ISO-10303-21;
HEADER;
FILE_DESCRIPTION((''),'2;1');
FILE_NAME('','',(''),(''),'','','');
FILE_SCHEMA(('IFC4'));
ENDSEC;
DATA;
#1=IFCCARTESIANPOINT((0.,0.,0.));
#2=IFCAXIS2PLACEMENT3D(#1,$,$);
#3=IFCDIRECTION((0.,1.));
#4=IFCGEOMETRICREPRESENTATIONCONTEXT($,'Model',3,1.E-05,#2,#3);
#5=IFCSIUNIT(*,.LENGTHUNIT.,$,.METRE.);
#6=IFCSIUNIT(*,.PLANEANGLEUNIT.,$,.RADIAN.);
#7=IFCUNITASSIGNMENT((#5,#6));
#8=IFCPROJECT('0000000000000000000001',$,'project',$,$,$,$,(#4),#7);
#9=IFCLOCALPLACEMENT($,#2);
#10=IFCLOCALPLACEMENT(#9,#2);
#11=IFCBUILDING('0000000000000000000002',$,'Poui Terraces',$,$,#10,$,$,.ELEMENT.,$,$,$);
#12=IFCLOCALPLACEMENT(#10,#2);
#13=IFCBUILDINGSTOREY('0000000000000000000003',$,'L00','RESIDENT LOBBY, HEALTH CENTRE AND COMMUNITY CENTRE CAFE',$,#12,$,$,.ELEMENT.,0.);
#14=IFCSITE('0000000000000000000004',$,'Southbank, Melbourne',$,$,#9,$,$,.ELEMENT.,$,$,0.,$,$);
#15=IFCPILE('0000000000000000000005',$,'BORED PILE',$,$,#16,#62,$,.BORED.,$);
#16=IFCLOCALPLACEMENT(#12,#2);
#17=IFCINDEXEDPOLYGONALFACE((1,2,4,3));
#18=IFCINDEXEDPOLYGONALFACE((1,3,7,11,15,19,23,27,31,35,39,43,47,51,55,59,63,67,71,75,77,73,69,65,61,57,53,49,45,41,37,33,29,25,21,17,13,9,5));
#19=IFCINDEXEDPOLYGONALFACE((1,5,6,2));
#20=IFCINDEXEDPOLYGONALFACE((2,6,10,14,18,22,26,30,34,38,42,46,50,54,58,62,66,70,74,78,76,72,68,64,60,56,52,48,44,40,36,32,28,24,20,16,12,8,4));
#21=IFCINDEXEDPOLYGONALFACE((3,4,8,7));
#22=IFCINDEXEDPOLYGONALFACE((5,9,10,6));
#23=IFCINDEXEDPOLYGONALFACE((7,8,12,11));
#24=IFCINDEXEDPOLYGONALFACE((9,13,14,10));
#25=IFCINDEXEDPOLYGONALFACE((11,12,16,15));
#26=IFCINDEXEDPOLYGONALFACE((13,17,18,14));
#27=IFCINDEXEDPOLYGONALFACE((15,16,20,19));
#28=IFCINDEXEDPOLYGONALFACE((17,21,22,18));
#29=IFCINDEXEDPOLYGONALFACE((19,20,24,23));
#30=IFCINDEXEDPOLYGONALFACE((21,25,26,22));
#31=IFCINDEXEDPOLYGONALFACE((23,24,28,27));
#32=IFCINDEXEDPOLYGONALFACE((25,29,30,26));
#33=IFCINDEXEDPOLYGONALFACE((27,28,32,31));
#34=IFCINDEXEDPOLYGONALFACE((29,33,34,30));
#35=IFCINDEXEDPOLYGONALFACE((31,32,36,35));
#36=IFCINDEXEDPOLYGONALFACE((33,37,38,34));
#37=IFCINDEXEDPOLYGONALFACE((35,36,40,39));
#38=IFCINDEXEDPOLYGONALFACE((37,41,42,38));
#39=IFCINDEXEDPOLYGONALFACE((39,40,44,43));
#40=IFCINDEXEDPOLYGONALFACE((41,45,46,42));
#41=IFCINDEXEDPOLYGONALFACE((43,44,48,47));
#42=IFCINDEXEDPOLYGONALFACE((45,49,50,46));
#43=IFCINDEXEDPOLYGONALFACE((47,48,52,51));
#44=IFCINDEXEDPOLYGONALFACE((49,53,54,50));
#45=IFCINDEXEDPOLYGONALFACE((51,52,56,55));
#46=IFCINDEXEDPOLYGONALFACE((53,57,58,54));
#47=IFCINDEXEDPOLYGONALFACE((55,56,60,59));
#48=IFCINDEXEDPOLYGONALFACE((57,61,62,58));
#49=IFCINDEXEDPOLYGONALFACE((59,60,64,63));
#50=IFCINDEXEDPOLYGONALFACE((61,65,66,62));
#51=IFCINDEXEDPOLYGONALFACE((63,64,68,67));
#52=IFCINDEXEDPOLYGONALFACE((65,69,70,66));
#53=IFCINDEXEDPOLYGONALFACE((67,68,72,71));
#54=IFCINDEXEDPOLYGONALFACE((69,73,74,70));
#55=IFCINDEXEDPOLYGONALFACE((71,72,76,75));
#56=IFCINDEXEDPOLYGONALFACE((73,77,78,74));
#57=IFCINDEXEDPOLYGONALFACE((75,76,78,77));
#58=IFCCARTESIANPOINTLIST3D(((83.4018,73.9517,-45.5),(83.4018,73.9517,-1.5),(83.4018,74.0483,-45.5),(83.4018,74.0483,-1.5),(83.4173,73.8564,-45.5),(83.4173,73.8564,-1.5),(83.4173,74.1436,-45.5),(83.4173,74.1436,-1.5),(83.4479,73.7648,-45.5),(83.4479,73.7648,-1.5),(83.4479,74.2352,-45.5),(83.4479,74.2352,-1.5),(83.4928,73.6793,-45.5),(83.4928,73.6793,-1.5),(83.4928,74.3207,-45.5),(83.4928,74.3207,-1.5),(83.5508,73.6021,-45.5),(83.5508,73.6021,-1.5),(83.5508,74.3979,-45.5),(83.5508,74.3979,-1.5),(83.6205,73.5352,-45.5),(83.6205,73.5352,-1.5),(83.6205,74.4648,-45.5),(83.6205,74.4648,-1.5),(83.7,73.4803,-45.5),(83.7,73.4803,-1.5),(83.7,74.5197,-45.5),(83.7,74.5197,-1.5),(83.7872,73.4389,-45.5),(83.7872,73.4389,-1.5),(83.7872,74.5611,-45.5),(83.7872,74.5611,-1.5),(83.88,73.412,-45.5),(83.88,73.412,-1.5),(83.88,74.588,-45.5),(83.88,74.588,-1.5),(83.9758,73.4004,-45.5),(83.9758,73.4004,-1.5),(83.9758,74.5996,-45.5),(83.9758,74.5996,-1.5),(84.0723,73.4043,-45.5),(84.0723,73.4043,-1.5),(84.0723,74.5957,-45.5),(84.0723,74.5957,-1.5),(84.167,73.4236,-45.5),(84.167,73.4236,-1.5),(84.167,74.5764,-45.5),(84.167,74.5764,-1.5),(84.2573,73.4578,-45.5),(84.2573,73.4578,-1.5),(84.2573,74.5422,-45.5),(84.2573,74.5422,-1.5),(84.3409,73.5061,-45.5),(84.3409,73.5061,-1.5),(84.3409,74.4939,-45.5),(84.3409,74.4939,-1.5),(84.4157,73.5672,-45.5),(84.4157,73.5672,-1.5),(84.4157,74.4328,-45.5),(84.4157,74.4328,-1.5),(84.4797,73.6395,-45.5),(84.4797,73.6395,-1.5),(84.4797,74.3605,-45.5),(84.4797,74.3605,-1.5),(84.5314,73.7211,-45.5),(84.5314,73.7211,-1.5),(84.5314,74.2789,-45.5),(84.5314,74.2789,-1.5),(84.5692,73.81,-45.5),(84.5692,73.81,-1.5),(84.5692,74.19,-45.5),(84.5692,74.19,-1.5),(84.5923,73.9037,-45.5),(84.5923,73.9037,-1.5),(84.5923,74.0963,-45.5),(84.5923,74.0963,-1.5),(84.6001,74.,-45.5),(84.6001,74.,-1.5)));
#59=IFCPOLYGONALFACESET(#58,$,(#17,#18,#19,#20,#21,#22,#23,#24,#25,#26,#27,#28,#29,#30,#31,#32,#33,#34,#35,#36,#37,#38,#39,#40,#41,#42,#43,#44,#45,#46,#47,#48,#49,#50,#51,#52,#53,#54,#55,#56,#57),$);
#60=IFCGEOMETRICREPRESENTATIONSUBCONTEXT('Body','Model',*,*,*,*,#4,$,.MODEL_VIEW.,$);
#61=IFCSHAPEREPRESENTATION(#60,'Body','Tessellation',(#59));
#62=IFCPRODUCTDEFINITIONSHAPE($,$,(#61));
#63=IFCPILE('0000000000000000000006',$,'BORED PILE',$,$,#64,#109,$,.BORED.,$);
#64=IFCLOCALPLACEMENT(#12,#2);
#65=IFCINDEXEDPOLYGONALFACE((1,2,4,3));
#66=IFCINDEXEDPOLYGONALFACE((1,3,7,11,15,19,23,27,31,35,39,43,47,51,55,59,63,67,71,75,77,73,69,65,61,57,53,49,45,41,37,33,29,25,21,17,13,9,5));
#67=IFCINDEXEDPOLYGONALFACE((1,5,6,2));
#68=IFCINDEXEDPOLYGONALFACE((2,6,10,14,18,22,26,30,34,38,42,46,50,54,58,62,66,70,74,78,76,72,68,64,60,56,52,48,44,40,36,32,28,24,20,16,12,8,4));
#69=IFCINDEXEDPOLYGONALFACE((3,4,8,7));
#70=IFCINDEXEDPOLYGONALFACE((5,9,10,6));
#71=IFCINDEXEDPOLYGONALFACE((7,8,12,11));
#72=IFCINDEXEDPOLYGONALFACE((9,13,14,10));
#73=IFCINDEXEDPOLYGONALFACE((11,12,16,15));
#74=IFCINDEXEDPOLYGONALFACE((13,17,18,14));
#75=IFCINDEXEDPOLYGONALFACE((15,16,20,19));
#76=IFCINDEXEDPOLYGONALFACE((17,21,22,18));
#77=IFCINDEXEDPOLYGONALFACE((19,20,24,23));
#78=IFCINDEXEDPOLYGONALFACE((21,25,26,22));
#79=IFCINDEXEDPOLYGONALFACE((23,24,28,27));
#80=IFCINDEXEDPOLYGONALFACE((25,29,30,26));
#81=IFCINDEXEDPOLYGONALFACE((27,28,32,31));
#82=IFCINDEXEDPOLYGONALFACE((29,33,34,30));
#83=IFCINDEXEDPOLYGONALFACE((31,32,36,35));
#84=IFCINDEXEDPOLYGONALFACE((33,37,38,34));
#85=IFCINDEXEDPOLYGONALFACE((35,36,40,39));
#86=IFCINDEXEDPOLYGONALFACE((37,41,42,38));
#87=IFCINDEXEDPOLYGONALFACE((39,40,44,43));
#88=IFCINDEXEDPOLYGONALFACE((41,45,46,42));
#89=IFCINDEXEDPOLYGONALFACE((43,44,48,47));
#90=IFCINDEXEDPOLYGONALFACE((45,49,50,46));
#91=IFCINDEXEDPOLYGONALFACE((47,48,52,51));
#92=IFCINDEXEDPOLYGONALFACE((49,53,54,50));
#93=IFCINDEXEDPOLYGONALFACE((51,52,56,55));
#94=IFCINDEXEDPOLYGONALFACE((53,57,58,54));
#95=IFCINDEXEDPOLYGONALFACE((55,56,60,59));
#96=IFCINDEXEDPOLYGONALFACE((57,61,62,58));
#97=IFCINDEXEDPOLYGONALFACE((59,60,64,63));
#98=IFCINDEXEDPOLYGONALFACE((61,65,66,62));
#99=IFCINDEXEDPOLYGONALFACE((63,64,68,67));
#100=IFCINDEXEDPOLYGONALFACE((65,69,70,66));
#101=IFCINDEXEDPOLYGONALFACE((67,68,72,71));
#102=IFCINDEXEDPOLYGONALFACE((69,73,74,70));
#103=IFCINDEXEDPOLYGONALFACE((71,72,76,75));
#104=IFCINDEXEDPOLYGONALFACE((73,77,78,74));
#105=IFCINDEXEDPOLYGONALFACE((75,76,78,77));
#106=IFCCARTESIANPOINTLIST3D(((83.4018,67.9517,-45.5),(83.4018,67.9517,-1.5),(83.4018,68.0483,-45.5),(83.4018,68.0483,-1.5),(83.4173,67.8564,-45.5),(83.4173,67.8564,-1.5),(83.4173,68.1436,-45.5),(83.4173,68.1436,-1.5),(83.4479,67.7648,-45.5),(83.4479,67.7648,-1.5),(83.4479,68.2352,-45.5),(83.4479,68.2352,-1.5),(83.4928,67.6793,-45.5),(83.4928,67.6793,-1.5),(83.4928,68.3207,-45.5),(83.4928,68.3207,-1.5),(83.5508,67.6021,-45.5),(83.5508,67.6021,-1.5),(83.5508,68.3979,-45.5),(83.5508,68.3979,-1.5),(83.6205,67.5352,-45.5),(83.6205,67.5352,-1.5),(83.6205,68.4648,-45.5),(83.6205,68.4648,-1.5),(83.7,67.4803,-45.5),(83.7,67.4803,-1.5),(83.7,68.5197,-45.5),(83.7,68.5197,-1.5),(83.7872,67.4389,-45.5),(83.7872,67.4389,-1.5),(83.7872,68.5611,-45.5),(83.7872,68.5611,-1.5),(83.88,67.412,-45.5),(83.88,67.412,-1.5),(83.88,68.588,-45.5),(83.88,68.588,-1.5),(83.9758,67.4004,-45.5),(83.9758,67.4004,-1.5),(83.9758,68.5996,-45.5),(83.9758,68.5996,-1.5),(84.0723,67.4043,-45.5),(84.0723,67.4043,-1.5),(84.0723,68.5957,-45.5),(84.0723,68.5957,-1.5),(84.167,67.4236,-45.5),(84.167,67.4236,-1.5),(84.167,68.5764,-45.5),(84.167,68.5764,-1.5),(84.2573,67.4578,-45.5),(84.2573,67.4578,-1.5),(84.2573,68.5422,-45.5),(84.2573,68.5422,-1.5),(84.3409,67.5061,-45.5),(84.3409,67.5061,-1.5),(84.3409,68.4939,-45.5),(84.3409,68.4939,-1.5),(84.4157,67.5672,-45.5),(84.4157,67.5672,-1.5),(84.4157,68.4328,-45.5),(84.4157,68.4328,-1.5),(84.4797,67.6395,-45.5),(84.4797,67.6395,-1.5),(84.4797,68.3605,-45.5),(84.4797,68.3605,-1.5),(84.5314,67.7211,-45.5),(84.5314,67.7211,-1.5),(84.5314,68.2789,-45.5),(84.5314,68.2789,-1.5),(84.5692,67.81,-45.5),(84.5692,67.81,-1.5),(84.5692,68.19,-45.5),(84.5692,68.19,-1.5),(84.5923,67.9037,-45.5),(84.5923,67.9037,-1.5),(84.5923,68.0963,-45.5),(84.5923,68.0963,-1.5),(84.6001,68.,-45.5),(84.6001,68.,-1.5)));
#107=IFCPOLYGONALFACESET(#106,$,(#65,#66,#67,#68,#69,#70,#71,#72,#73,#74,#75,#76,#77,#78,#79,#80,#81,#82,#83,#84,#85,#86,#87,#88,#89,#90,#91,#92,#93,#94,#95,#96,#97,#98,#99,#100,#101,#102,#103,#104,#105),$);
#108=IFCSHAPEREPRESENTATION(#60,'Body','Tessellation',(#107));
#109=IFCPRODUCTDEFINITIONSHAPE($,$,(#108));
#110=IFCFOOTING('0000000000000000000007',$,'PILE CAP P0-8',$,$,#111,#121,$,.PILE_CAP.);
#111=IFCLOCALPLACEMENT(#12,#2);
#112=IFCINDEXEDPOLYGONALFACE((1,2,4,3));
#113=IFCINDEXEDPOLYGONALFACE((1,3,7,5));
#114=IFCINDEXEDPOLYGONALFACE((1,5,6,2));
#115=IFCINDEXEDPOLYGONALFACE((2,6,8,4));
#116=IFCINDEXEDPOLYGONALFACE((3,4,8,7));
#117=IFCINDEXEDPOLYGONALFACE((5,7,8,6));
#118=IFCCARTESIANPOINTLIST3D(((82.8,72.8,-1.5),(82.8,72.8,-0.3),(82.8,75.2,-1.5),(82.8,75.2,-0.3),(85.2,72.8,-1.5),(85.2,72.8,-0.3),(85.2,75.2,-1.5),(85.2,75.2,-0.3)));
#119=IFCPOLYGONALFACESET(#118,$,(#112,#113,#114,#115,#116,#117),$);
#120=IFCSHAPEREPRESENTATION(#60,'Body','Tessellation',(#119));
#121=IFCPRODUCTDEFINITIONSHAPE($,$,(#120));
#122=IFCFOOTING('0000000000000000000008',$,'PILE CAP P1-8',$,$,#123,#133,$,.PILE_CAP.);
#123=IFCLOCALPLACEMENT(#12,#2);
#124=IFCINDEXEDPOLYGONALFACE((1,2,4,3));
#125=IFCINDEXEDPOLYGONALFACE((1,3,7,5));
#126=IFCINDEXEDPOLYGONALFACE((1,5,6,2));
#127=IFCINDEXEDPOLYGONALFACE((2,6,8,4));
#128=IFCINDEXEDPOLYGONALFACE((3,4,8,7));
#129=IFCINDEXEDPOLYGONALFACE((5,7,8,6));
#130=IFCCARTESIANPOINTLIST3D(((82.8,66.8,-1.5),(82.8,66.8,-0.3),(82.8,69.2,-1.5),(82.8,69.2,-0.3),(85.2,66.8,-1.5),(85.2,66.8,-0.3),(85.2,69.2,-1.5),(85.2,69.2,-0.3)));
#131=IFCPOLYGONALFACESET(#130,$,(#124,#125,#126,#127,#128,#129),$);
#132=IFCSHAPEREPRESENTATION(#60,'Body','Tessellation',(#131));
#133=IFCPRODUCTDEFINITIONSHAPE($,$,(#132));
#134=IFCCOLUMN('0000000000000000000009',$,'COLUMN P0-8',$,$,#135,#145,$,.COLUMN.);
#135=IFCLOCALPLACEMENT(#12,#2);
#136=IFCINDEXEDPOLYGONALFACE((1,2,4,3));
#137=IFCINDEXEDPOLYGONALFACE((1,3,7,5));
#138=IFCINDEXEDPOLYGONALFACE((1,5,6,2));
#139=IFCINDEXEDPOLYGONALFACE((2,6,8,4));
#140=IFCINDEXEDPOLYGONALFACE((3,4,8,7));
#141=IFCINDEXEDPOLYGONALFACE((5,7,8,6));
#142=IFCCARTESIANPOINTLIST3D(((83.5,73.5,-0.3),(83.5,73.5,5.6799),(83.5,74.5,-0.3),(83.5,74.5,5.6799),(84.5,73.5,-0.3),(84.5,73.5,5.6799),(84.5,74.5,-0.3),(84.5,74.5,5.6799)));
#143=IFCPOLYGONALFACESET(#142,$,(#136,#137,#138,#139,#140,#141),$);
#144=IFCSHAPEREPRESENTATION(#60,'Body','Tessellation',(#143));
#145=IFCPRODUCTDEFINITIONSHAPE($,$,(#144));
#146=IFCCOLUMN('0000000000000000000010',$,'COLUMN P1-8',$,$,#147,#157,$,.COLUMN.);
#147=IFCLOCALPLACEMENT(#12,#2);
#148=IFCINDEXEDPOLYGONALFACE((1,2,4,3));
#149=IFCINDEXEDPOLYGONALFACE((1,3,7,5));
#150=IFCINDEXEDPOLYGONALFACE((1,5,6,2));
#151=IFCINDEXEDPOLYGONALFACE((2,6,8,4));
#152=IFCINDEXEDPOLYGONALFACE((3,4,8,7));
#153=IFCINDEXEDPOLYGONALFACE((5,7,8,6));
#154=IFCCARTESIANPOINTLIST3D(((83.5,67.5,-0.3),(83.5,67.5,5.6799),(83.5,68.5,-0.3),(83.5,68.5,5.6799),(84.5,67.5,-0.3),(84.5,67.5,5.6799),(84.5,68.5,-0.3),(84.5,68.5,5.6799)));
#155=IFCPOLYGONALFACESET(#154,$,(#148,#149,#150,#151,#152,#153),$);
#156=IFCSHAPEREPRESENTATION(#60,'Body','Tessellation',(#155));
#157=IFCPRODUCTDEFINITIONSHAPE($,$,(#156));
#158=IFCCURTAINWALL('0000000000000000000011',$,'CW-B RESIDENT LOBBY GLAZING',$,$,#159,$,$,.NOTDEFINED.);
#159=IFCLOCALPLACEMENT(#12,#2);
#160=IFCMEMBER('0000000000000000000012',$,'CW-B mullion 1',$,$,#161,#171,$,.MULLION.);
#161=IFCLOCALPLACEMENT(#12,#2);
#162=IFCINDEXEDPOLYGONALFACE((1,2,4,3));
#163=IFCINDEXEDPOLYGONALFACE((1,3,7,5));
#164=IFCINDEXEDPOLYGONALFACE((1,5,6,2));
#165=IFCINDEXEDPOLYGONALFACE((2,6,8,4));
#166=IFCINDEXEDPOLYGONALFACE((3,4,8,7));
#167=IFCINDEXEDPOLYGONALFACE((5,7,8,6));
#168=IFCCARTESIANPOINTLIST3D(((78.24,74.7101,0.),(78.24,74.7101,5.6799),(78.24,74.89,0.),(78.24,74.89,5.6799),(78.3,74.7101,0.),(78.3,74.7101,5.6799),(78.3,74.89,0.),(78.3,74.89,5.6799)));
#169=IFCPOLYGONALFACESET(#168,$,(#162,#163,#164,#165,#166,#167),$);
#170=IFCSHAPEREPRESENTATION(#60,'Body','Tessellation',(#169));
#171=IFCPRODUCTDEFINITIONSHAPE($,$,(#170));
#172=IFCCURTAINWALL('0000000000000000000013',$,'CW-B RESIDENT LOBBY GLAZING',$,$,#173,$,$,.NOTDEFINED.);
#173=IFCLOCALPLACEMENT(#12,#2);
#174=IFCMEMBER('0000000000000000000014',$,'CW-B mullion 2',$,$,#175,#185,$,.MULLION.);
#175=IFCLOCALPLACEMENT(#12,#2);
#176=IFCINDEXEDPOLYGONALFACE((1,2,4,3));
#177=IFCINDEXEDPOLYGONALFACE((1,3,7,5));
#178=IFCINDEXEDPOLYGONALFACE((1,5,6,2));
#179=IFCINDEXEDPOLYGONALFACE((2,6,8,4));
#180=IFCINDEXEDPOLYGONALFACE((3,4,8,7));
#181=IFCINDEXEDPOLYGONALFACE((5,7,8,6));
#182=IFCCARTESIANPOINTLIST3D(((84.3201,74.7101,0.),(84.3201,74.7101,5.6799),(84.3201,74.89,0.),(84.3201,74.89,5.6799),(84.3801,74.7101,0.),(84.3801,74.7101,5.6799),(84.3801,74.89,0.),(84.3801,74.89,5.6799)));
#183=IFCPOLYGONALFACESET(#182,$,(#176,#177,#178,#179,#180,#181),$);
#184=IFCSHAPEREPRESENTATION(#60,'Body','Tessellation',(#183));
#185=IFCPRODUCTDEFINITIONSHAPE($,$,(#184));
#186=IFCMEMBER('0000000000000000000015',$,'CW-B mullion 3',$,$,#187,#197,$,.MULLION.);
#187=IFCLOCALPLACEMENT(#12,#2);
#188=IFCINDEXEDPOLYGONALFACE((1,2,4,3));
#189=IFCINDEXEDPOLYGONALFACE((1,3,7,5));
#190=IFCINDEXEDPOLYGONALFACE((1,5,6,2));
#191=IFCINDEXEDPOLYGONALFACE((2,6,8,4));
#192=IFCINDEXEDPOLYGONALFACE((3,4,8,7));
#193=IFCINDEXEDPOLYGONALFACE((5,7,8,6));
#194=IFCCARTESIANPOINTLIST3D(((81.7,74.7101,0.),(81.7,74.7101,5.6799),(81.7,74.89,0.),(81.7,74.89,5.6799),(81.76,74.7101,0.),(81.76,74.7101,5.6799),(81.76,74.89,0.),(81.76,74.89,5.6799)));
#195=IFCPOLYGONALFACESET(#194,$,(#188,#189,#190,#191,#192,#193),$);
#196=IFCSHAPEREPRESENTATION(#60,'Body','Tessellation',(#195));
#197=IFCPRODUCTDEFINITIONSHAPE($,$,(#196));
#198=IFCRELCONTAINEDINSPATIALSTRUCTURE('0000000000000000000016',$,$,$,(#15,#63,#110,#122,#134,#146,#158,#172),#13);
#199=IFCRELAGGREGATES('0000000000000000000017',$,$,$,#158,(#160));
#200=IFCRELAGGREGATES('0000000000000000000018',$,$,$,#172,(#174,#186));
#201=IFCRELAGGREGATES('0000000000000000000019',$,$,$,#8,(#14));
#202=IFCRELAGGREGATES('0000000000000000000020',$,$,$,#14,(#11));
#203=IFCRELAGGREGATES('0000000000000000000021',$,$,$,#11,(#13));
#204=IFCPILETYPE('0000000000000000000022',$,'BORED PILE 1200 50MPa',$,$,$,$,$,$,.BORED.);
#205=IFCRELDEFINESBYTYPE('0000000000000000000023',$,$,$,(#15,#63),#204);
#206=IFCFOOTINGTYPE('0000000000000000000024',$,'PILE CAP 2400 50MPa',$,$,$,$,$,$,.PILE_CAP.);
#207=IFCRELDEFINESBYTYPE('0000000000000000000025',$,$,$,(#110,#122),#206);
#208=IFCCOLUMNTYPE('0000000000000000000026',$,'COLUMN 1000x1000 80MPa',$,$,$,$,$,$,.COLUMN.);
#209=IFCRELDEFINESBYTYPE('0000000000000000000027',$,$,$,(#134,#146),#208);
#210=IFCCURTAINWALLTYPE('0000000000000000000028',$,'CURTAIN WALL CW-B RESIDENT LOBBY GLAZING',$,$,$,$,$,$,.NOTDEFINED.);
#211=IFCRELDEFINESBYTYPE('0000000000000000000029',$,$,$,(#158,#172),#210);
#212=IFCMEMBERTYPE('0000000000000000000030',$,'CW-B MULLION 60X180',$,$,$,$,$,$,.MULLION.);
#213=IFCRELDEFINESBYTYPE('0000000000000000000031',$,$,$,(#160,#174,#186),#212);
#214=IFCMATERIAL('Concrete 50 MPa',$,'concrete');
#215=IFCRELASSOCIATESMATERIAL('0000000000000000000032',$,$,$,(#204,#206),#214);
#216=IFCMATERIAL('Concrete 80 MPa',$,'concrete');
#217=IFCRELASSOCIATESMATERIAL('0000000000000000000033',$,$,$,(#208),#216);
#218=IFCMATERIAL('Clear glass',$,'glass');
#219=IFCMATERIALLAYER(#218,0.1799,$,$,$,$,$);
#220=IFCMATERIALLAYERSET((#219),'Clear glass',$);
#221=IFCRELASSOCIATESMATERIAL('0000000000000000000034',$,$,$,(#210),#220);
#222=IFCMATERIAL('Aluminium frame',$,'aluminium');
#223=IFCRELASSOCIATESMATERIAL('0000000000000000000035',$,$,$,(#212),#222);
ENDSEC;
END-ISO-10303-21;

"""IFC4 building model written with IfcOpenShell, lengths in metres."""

from ifc_helpers import new_model, si_unit, direction, frame, origin, origin_2d, place, context, subcontext, project, spatial, rectangle, circle, extrude, source, transform, mapped, material, layer, layer_set, material_profile, profile_set, type_object, element, aggregate, save


model = new_model("IFC4")

# Units and contexts
model_context = context("Model", 3, precision=1e-05, world=origin(), true_north=direction((0.0, 1.0)))
body_context = subcontext(model_context, "Body", "Model", "MODEL_VIEW")
ifc_project = project(units=[si_unit("LENGTHUNIT", "METRE"), si_unit("PLANEANGLEUNIT", "RADIAN")], contexts=[model_context])

# Site, building, storey
site_placement = place(None, origin())
site = spatial("IfcSite", under=ifc_project, at=site_placement, Name="Southbank, Melbourne", CompositionType="ELEMENT", RefElevation=0.0)
building_placement = place(site_placement, origin())
building = spatial("IfcBuilding", under=site, at=building_placement, Name="Poui Terraces", CompositionType="ELEMENT")
storey_placement = place(building_placement, origin())
storey = spatial("IfcBuildingStorey", under=building, at=storey_placement, Name="L00", Description="RESIDENT LOBBY, HEALTH CENTRE AND COMMUNITY CENTRE CAFE", CompositionType="ELEMENT", Elevation=0.0)

# Piles
ifc_material_1 = material(Name="Concrete 50 MPa", Category="concrete")
ifc_material_profile_1 = material_profile(ifc_material_1, circle(Radius=0.6001, at=origin_2d()), Name="RC D1200")
ifc_profile_set_1 = profile_set([ifc_material_profile_1], Name="Concrete 50 MPa")
pile_type = type_object("IfcPileType", Name="BORED PILE 1200 50MPa", PredefinedType="BORED", material=ifc_profile_set_1)
for number, where, z_axis, x_axis, name in (
    (1, (84.0, 74.0, -1.5), (0.0, 0.0, -1.0), (1.0, 0.0, 0.0), "BORED PILE"),
    (2, (84.0, 68.0, -1.5), (0.0, 0.0, -1.0), (1.0, 0.0, 0.0), "BORED PILE"),
):
    element("IfcPile", number, at=place(storey_placement, frame(where, z_axis=z_axis, x_axis=x_axis)), inside=storey, type_object=pile_type, Name=name, PredefinedType="BORED", context=body_context, shape_type="SweptSolid", body=[
        extrude(circle(Radius=0.6001, at=origin_2d()), origin(), (0.0, 0.0, 1.0), 44.0),
    ])

# Footings
footing_type = type_object("IfcFootingType", Name="PILE CAP 2400 50MPa", PredefinedType="PILE_CAP", material=ifc_material_1)
shared_shape_1 = source(origin(), body_context, "Body", "SweptSolid", [
    extrude(rectangle(XDim=2.3999, YDim=2.3999, at=origin_2d()), origin(), (0.0, 0.0, 1.0), 1.2),
])
for number, where, z_axis, x_axis, name in (
    (3, (84.0, 74.0, -1.5), (0.0, 0.0, 1.0), (1.0, 0.0, 0.0), "PILE CAP P0-8"),
    (4, (84.0, 68.0, -1.5), (0.0, 0.0, 1.0), (1.0, 0.0, 0.0), "PILE CAP P1-8"),
):
    element("IfcFooting", number, at=place(storey_placement, frame(where, z_axis=z_axis, x_axis=x_axis)), inside=storey, type_object=footing_type, Name=name, PredefinedType="PILE_CAP", context=body_context, shape_type="MappedRepresentation", body=[
        mapped(shared_shape_1, transform((0.0, 0.0, 0.0))),
    ])

# Columns
ifc_material_2 = material(Name="Concrete 80 MPa", Category="concrete")
ifc_material_profile_2 = material_profile(ifc_material_2, rectangle(XDim=1.0, YDim=1.0, at=origin_2d()), Name="RC 1000x1000")
ifc_profile_set_2 = profile_set([ifc_material_profile_2], Name="Concrete 80 MPa")
column_type = type_object("IfcColumnType", Name="COLUMN 1000x1000 80MPa", PredefinedType="COLUMN", material=ifc_profile_set_2)
shared_shape_2 = source(origin(), body_context, "Body", "SweptSolid", [
    extrude(rectangle(XDim=1.0, YDim=1.0, at=origin_2d()), origin(), (0.0, 0.0, 1.0), 5.98),
])
for number, where, z_axis, x_axis, name in (
    (5, (84.0, 74.0, -0.3), (0.0, 0.0, 1.0), (1.0, 0.0, 0.0), "COLUMN P0-8"),
    (6, (84.0, 68.0, -0.3), (0.0, 0.0, 1.0), (1.0, 0.0, 0.0), "COLUMN P1-8"),
):
    element("IfcColumn", number, at=place(storey_placement, frame(where, z_axis=z_axis, x_axis=x_axis)), inside=storey, type_object=column_type, Name=name, PredefinedType="COLUMN", context=body_context, shape_type="MappedRepresentation", body=[
        mapped(shared_shape_2, transform((0.0, 0.0, 0.0))),
    ])

# Curtain wall, member
ifc_material_3 = material(Name="Clear glass", Category="glass")
ifc_layer_1 = layer(ifc_material_3, 0.1799)
ifc_layer_set_1 = layer_set([ifc_layer_1], Name="Clear glass")
curtain_wall_type = type_object("IfcCurtainWallType", Name="CURTAIN WALL CW-B RESIDENT LOBBY GLAZING", PredefinedType="NOTDEFINED", material=ifc_layer_set_1)
curtain_wall_1_placement = place(storey_placement, origin())
curtain_wall_1 = element("IfcCurtainWall", 7, at=curtain_wall_1_placement, inside=storey, type_object=curtain_wall_type, Name="CW-B RESIDENT LOBBY GLAZING", PredefinedType="NOTDEFINED")
ifc_material_4 = material(Name="Aluminium frame", Category="aluminium")
ifc_material_profile_3 = material_profile(ifc_material_4, rectangle(XDim=0.1799, YDim=0.0601, at=origin_2d()), Name="CW-B MULLION 60X180")
ifc_profile_set_3 = profile_set([ifc_material_profile_3], Name="Aluminium frame")
member_type_1 = type_object("IfcMemberType", Name="CW-B MULLION 60X180", PredefinedType="MULLION", material=ifc_profile_set_3)
member_1_placement = place(storey_placement, frame((78.27, 74.8, 0.0), z_axis=(0.0, 0.0, 1.0), x_axis=(0.0, -1.0, 0.0)))
member_1 = element("IfcMember", 8, at=member_1_placement, type_object=member_type_1, Name="CW-B mullion 1", PredefinedType="MULLION", context=body_context, shape_type="SweptSolid", body=[
    extrude(rectangle(XDim=0.1799, YDim=0.0601, at=origin_2d()), origin(), (0.0, 0.0, 1.0), 5.6799),
])

# Curtain wall, members
curtain_wall_2_placement = place(storey_placement, origin())
curtain_wall_2 = element("IfcCurtainWall", 9, at=curtain_wall_2_placement, inside=storey, type_object=curtain_wall_type, Name="CW-B RESIDENT LOBBY GLAZING", PredefinedType="NOTDEFINED")
member_2_placement = place(storey_placement, frame((84.3501, 74.8, 0.0), z_axis=(0.0, 0.0, 1.0), x_axis=(0.0, -1.0, 0.0)))
member_2 = element("IfcMember", 10, at=member_2_placement, type_object=member_type_1, Name="CW-B mullion 2", PredefinedType="MULLION", context=body_context, shape_type="SweptSolid", body=[
    extrude(rectangle(XDim=0.1799, YDim=0.0601, at=origin_2d()), origin(), (0.0, 0.0, 1.0), 5.6799),
])
member_3_placement = place(storey_placement, frame((81.73, 74.8, 0.0), z_axis=(0.0, 0.0, 1.0), x_axis=(0.0, -1.0, 0.0)))
member_3 = element("IfcMember", 11, at=member_3_placement, type_object=member_type_1, Name="CW-B mullion 3", PredefinedType="MULLION", context=body_context, shape_type="SweptSolid", body=[
    extrude(rectangle(XDim=0.1799, YDim=0.0601, at=origin_2d()), origin(), (0.0, 0.0, 1.0), 5.6799),
])

aggregate(curtain_wall_1, [member_1])

aggregate(curtain_wall_2, [member_2, member_3])

save(model, "model.ifc")
